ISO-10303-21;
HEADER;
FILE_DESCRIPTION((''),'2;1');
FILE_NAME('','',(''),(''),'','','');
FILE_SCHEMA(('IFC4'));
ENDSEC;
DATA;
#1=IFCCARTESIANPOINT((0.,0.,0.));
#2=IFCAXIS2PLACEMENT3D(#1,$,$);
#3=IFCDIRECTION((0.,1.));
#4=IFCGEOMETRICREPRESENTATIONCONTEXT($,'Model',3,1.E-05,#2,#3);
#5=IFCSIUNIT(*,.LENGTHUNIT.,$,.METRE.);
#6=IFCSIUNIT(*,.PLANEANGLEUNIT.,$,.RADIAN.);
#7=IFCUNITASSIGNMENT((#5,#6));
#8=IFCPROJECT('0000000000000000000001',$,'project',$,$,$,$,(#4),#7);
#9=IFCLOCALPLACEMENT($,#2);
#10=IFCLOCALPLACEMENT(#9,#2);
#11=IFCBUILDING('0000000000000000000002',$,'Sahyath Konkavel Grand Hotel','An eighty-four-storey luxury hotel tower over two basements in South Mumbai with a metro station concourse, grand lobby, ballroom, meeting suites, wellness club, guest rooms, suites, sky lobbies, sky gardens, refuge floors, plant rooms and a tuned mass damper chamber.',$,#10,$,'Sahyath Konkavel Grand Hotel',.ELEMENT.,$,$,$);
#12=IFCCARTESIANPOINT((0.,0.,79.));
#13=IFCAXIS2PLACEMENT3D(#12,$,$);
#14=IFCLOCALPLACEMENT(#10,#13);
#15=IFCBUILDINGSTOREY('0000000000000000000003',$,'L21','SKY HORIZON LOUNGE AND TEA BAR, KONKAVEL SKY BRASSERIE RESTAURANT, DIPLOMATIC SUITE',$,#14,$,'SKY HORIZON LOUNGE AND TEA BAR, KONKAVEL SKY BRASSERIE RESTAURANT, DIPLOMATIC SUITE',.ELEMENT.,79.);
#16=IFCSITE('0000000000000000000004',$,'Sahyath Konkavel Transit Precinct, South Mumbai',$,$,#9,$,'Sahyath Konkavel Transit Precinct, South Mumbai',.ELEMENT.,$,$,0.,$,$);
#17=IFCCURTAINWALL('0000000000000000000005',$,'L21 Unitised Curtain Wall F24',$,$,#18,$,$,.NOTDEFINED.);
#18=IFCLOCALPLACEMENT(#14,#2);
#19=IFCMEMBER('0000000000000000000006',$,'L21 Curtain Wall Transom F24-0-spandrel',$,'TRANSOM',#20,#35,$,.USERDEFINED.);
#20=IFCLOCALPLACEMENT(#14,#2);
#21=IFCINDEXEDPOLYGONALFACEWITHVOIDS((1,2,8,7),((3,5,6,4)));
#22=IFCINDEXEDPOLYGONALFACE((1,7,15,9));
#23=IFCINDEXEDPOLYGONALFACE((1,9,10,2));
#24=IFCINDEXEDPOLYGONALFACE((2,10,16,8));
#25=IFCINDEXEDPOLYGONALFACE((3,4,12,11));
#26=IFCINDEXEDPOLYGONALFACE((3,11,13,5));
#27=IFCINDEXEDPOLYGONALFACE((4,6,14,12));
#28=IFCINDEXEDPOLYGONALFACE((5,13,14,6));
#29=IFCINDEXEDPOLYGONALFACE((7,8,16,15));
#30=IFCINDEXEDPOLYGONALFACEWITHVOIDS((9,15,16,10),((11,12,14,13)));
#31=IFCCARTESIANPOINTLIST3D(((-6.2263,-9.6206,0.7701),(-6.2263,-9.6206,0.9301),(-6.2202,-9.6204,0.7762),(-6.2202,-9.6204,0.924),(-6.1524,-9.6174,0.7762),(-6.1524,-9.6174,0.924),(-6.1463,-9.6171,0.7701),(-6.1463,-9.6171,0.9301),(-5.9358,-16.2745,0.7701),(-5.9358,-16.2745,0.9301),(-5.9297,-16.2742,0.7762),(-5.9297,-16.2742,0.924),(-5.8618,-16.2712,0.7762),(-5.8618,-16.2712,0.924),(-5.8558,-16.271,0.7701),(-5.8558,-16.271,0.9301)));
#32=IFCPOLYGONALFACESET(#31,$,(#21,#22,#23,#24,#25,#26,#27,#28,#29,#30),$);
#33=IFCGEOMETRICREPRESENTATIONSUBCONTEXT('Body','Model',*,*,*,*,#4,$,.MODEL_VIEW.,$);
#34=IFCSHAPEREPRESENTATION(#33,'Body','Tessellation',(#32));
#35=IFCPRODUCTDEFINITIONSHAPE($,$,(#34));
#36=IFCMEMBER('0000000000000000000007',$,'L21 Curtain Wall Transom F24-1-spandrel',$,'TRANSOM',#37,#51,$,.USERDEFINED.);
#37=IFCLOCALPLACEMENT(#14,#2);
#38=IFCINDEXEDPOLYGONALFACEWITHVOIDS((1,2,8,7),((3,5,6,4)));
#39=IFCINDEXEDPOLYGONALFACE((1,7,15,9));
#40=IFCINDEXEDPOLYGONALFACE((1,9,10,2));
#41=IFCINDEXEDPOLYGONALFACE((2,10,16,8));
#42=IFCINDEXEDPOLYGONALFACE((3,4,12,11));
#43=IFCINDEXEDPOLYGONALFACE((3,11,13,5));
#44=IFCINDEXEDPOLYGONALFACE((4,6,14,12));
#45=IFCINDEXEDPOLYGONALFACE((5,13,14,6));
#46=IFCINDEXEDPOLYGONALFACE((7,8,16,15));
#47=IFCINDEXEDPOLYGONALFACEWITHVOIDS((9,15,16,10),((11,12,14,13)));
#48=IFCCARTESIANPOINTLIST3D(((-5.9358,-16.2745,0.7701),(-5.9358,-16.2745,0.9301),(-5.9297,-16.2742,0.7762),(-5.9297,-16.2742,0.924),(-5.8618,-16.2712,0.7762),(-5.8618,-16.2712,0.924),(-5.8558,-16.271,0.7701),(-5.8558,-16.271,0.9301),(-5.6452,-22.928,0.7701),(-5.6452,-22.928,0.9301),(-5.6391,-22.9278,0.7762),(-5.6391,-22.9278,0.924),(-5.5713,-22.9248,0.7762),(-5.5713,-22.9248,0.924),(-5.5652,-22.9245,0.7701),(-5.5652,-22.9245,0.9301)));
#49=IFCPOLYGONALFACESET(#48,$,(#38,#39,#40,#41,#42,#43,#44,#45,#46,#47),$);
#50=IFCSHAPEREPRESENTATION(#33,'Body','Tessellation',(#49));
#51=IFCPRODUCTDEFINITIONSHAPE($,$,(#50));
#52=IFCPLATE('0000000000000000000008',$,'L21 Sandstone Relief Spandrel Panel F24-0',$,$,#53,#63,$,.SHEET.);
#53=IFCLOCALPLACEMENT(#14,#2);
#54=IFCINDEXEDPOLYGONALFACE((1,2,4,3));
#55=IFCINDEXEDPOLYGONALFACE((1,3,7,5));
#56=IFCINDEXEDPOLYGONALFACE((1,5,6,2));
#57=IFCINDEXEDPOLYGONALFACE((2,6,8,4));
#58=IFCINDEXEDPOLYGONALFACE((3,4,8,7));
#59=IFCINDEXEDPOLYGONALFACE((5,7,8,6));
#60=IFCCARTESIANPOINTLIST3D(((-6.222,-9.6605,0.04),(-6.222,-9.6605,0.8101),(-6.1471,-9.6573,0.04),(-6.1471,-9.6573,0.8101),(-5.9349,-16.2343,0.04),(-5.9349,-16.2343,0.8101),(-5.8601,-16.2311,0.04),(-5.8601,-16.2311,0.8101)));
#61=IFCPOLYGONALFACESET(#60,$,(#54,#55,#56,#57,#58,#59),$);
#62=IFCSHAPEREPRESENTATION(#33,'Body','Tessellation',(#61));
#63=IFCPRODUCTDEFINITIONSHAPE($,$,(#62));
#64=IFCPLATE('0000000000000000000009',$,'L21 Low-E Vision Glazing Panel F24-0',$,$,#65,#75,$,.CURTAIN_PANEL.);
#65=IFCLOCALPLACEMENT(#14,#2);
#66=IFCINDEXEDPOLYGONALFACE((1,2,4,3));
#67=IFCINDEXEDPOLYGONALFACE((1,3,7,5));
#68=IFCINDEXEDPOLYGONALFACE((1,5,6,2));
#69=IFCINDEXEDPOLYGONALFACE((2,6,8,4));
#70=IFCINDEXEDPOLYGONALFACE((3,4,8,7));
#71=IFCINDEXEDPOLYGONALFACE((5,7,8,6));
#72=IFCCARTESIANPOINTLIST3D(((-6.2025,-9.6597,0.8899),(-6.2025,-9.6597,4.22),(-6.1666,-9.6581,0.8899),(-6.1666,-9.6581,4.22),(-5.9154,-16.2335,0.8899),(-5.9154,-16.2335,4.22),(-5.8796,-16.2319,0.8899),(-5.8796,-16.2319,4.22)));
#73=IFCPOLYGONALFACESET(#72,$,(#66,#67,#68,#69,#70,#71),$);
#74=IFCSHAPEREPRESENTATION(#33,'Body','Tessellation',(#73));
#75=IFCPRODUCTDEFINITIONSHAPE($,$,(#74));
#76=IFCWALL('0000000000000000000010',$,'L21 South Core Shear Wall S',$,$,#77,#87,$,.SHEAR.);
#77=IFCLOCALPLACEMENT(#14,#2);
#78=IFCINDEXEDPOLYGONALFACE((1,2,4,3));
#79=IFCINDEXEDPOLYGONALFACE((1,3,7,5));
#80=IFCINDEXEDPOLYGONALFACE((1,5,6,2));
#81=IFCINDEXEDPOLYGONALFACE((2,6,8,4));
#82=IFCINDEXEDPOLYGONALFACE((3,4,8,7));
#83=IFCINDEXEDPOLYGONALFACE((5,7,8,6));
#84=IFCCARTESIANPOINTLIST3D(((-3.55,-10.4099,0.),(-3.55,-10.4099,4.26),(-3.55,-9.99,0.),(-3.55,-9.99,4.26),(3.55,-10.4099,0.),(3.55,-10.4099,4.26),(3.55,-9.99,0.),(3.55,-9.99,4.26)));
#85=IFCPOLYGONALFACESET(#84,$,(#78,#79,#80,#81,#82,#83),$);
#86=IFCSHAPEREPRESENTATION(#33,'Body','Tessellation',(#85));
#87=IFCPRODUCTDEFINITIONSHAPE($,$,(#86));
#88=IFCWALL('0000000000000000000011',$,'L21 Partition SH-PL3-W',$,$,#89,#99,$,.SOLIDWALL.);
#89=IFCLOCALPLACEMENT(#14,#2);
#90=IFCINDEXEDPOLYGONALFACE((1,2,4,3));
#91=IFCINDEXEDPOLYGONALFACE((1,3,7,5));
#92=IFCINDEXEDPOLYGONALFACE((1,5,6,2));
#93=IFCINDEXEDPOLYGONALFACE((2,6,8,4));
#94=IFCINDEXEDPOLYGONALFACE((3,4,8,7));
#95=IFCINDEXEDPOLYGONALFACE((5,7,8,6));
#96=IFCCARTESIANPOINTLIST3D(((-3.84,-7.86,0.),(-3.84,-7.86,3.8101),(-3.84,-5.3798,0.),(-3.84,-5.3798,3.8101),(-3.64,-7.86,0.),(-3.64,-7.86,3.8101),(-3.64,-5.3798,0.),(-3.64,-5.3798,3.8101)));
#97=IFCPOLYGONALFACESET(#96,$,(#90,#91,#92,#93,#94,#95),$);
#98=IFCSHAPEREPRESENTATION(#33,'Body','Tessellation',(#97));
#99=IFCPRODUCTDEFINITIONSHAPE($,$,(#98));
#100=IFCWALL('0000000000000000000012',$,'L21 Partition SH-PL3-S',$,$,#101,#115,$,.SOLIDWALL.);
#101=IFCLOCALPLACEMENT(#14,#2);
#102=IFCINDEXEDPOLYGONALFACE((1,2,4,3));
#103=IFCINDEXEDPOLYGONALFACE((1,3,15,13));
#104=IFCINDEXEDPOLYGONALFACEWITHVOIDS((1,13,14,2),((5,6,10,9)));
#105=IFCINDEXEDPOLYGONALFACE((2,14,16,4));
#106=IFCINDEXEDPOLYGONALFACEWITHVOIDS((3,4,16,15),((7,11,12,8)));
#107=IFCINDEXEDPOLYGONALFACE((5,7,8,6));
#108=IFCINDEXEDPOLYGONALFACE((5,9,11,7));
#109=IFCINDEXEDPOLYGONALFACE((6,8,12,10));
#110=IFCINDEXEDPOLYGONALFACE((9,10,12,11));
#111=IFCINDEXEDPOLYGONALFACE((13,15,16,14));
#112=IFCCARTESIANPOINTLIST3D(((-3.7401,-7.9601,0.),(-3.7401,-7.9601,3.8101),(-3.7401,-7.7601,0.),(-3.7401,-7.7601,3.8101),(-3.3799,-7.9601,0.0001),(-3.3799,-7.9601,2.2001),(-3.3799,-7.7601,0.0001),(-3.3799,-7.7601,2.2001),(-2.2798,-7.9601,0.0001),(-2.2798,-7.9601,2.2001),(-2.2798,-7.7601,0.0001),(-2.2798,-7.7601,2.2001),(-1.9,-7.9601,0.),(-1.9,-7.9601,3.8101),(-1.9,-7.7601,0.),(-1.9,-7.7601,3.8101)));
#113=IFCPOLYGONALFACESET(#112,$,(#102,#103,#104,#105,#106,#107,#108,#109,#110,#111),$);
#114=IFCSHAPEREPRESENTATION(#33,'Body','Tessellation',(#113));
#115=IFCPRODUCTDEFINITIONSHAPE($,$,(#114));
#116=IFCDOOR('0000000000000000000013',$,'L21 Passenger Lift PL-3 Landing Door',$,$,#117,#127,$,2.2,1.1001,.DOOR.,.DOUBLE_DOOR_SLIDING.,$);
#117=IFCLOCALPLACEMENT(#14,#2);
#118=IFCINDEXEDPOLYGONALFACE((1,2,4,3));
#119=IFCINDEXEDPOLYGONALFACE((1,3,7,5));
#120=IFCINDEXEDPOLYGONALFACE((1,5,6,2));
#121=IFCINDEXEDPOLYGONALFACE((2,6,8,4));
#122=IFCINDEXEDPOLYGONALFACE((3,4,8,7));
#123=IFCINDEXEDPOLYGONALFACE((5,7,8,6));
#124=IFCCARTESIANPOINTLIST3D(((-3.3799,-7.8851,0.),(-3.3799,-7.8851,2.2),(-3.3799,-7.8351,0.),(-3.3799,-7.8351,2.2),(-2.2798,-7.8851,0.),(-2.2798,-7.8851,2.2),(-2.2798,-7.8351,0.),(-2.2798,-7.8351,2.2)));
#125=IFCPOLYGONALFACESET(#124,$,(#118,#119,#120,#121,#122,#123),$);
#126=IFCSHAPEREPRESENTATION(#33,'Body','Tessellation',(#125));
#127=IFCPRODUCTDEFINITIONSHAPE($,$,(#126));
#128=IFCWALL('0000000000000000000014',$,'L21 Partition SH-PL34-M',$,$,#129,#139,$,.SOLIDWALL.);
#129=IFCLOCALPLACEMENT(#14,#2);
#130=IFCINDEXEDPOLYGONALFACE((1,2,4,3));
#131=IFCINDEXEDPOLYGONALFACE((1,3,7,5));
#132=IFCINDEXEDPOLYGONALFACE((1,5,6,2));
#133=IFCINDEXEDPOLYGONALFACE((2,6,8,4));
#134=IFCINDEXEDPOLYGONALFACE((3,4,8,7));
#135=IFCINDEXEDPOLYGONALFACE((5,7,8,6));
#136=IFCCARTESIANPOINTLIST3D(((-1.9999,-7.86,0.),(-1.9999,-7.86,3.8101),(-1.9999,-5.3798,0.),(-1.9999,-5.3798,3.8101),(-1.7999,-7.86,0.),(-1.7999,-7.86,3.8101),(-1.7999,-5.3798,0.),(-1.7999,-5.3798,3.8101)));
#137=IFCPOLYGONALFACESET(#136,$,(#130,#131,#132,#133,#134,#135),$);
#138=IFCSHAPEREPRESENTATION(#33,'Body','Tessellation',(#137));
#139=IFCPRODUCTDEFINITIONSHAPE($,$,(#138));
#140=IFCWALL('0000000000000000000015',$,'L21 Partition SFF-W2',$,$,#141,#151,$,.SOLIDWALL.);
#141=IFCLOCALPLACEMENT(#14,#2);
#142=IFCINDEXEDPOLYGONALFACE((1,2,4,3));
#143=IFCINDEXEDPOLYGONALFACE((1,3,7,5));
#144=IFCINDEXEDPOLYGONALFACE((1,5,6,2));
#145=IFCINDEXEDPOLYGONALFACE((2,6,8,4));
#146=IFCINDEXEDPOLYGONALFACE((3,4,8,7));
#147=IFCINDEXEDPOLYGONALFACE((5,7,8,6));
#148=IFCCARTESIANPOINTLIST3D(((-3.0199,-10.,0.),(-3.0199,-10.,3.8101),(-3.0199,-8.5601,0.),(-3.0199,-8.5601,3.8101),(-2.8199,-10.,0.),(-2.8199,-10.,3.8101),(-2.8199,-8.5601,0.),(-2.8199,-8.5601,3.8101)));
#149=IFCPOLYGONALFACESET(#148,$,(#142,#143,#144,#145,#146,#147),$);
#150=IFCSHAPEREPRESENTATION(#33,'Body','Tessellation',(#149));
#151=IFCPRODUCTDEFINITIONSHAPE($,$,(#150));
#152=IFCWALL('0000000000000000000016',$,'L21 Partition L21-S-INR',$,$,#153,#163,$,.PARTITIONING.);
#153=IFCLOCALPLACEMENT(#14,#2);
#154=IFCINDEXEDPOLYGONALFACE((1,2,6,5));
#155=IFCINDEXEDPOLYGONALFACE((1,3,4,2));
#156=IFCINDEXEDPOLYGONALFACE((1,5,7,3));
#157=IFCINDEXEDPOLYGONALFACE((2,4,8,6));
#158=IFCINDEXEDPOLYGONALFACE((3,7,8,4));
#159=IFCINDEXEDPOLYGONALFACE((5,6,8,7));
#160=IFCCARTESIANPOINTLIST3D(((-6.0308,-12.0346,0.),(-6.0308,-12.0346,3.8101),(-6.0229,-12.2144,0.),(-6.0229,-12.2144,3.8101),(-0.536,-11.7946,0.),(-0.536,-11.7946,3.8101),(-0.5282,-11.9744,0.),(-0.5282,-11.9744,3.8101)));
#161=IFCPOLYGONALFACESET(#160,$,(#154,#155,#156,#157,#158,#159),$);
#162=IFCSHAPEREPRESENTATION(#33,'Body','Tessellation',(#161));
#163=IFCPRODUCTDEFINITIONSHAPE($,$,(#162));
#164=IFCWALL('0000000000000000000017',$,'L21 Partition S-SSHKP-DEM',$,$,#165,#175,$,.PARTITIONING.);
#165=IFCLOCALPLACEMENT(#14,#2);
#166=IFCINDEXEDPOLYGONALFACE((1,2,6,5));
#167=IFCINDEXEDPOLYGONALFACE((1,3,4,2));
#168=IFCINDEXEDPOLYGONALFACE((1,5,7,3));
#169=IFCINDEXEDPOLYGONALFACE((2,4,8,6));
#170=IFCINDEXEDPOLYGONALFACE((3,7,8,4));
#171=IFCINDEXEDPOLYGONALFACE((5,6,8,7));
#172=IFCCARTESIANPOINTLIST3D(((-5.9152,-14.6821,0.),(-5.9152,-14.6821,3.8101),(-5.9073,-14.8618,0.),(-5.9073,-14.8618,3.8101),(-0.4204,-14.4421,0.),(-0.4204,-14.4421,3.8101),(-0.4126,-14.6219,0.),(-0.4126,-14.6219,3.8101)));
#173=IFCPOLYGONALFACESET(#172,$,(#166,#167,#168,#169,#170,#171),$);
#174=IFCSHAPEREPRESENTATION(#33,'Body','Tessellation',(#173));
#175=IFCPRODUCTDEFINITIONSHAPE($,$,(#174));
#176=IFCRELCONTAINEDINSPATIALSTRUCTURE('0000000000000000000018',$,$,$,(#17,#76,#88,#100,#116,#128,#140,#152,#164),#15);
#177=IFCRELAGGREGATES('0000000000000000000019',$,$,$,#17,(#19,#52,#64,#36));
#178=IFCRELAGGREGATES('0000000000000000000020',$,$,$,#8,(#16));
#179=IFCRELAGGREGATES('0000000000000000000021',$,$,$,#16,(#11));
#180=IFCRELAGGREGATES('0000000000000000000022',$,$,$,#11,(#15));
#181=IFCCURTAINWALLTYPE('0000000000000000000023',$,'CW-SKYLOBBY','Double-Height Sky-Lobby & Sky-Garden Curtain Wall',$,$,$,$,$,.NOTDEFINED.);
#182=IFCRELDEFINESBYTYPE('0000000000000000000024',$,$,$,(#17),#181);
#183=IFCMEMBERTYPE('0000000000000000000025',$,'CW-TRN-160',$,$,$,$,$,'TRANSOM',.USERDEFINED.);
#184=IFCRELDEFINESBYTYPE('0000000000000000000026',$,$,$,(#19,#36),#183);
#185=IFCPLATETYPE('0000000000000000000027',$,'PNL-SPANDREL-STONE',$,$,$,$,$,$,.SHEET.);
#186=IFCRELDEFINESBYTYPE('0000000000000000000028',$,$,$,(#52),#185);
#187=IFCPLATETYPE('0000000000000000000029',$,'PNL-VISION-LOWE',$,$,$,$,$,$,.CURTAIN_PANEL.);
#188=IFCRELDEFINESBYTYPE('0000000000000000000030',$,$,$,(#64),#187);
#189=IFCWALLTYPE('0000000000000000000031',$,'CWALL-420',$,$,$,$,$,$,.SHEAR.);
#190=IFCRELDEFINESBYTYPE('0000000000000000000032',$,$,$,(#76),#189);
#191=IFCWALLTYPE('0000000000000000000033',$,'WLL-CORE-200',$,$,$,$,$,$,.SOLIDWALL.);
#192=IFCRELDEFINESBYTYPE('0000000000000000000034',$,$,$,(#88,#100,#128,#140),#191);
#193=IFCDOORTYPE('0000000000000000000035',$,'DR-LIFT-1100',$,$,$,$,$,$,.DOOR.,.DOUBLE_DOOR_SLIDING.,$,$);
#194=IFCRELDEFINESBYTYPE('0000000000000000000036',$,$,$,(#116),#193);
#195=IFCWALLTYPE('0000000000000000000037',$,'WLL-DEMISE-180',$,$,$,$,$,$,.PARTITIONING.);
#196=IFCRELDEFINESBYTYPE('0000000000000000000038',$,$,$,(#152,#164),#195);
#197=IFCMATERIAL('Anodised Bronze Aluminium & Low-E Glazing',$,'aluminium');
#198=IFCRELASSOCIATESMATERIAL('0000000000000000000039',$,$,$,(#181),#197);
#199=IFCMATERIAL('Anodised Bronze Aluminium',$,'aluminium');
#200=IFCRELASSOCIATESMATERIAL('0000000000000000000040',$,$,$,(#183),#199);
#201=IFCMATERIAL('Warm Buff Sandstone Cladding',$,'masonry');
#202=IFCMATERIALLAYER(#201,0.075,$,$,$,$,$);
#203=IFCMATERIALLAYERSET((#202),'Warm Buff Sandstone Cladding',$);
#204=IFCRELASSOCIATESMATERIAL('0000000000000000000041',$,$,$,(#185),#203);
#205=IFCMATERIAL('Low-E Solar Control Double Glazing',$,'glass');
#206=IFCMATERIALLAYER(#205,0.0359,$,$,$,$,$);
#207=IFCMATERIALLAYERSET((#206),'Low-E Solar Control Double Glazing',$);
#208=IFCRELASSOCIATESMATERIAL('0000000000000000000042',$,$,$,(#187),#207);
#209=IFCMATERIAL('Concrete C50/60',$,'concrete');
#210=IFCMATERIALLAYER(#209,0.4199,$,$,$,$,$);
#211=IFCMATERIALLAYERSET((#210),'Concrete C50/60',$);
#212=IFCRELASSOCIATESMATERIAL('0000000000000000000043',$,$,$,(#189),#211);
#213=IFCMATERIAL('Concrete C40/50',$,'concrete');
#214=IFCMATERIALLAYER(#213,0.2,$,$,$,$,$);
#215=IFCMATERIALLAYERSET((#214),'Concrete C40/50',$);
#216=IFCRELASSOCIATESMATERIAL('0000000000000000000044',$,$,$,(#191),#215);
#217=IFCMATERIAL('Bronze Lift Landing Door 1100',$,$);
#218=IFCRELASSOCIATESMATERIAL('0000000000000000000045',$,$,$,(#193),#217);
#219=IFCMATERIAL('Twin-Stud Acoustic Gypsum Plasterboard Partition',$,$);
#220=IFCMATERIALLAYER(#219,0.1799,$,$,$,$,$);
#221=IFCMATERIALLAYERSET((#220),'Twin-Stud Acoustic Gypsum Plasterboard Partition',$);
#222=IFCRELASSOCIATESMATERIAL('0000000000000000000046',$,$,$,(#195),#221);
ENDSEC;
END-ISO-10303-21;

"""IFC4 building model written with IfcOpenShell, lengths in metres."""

from ifc_helpers import new_model, si_unit, direction, frame, frame_2d, origin, origin_2d, place, context, subcontext, project, spatial, rectangle, hollow_rectangle, extrude, source, transform, mapped, material, layer, layer_set, material_profile, profile_set, type_object, element, fill, aggregate, save


model = new_model("IFC4")

# Units and contexts
model_context = context("Model", 3, precision=1e-05, world=origin(), true_north=direction((0.0, 1.0)))
body_context = subcontext(model_context, "Body", "Model", "MODEL_VIEW")
ifc_project = project(units=[si_unit("LENGTHUNIT", "METRE"), si_unit("PLANEANGLEUNIT", "RADIAN")], contexts=[model_context])

# Site, building, storey
site_placement = place(None, origin())
site = spatial("IfcSite", under=ifc_project, at=site_placement, Name="Sahyath Konkavel Transit Precinct, South Mumbai", LongName="Sahyath Konkavel Transit Precinct, South Mumbai", CompositionType="ELEMENT", RefElevation=0.0)
building_placement = place(site_placement, origin())
building = spatial("IfcBuilding", under=site, at=building_placement, Name="Sahyath Konkavel Grand Hotel", Description="An eighty-four-storey luxury hotel tower over two basements in South Mumbai with a metro station concourse, grand lobby, ballroom, meeting suites, wellness club, guest rooms, suites, sky lobbies, sky gardens, refuge floors, plant rooms and a tuned mass damper chamber.", LongName="Sahyath Konkavel Grand Hotel", CompositionType="ELEMENT")
storey_placement = place(building_placement, frame((0.0, 0.0, 79.0)))
storey = spatial("IfcBuildingStorey", under=building, at=storey_placement, Name="L21", Description="SKY HORIZON LOUNGE AND TEA BAR, KONKAVEL SKY BRASSERIE RESTAURANT, DIPLOMATIC SUITE", LongName="SKY HORIZON LOUNGE AND TEA BAR, KONKAVEL SKY BRASSERIE RESTAURANT, DIPLOMATIC SUITE", CompositionType="ELEMENT", Elevation=79.0)

# Curtain wall, members, plates
ifc_material_1 = material(Name="Anodised Bronze Aluminium & Low-E Glazing", Category="aluminium")
curtain_wall_type = type_object("IfcCurtainWallType", Name="CW-SKYLOBBY", Description="Double-Height Sky-Lobby & Sky-Garden Curtain Wall", PredefinedType="NOTDEFINED", material=ifc_material_1)
curtain_wall_placement = place(storey_placement, origin())
curtain_wall = element("IfcCurtainWall", 1, at=curtain_wall_placement, inside=storey, type_object=curtain_wall_type, Name="L21 Unitised Curtain Wall F24", PredefinedType="NOTDEFINED")
ifc_material_2 = material(Name="Anodised Bronze Aluminium", Category="aluminium")
ifc_material_profile_1 = material_profile(ifc_material_2, hollow_rectangle(XDim=0.0801, YDim=0.1599, WallThickness=0.0061, at=origin_2d()), Name="RHS 160x80x6")
ifc_profile_set_1 = profile_set([ifc_material_profile_1], Name="Anodised Bronze Aluminium")
member_type_1 = type_object("IfcMemberType", Name="CW-TRN-160", ElementType="TRANSOM", PredefinedType="USERDEFINED", material=ifc_profile_set_1)
shared_shape_1 = source(origin(), body_context, "Body", "SweptSolid", [
    extrude(hollow_rectangle(XDim=0.0801, YDim=0.1599, WallThickness=0.0061, at=origin_2d()), origin(), (0.0, 0.0, 1.0), 6.6602),
])
member_1_placement = place(storey_placement, frame((-6.1863, -9.6189, 0.8501), z_axis=(0.043622, -0.999048, 0.0), x_axis=(0.999048, 0.043622, 0.0)))
member_1 = element("IfcMember", 2, at=member_1_placement, type_object=member_type_1, Name="L21 Curtain Wall Transom F24-0-spandrel", ObjectType="TRANSOM", PredefinedType="USERDEFINED", context=body_context, shape_type="MappedRepresentation", body=[
    mapped(shared_shape_1, transform((0.0, 0.0, 0.0), scale=1.0)),
])
shared_shape_2 = source(origin(), body_context, "Body", "SweptSolid", [
    extrude(hollow_rectangle(XDim=0.0801, YDim=0.1599, WallThickness=0.0061, at=origin_2d()), origin(), (0.0, 0.0, 1.0), 6.6599),
])
member_2_placement = place(storey_placement, frame((-5.8958, -16.2727, 0.8501), z_axis=(0.043623, -0.999048, 0.0), x_axis=(0.999048, 0.043623, 0.0)))
member_2 = element("IfcMember", 3, at=member_2_placement, type_object=member_type_1, Name="L21 Curtain Wall Transom F24-1-spandrel", ObjectType="TRANSOM", PredefinedType="USERDEFINED", context=body_context, shape_type="MappedRepresentation", body=[
    mapped(shared_shape_2, transform((0.0, 0.0, 0.0), scale=1.0)),
])
ifc_material_3 = material(Name="Warm Buff Sandstone Cladding", Category="masonry")
ifc_layer_1 = layer(ifc_material_3, 0.075)
ifc_layer_set_1 = layer_set([ifc_layer_1], Name="Warm Buff Sandstone Cladding")
plate_type_1 = type_object("IfcPlateType", Name="PNL-SPANDREL-STONE", PredefinedType="SHEET", material=ifc_layer_set_1)
shared_shape_3 = source(origin(), body_context, "Body", "SweptSolid", [
    extrude(rectangle(XDim=6.5801, YDim=0.075, at=origin_2d()), origin(), (0.0, 0.0, 1.0), 0.77),
])
plate_1_placement = place(storey_placement, frame((-6.041, -12.9458, 0.04), z_axis=(0.0, 0.0, 1.0), x_axis=(0.043619, -0.999048, 0.0)))
plate_1 = element("IfcPlate", 4, at=plate_1_placement, type_object=plate_type_1, Name="L21 Sandstone Relief Spandrel Panel F24-0", PredefinedType="SHEET", context=body_context, shape_type="MappedRepresentation", body=[
    mapped(shared_shape_3, transform((0.0, 0.0, 0.0), scale=1.0)),
])
ifc_material_4 = material(Name="Low-E Solar Control Double Glazing", Category="glass")
ifc_layer_2 = layer(ifc_material_4, 0.0359)
ifc_layer_set_2 = layer_set([ifc_layer_2], Name="Low-E Solar Control Double Glazing")
plate_type_2 = type_object("IfcPlateType", Name="PNL-VISION-LOWE", PredefinedType="CURTAIN_PANEL", material=ifc_layer_set_2)
shared_shape_4 = source(origin(), body_context, "Body", "SweptSolid", [
    extrude(rectangle(XDim=6.5801, YDim=0.0359, at=origin_2d()), origin(), (0.0, 0.0, 1.0), 3.3301),
])
plate_2_placement = place(storey_placement, frame((-6.041, -12.9458, 0.8899), z_axis=(0.0, 0.0, 1.0), x_axis=(0.043619, -0.999048, 0.0)))
plate_2 = element("IfcPlate", 5, at=plate_2_placement, type_object=plate_type_2, Name="L21 Low-E Vision Glazing Panel F24-0", PredefinedType="CURTAIN_PANEL", context=body_context, shape_type="MappedRepresentation", body=[
    mapped(shared_shape_4, transform((0.0, 0.0, 0.0), scale=1.0)),
])
aggregate(curtain_wall, [member_1, plate_1, plate_2, member_2])

# Walls
ifc_material_5 = material(Name="Concrete C50/60", Category="concrete")
ifc_layer_3 = layer(ifc_material_5, 0.4199)
ifc_layer_set_3 = layer_set([ifc_layer_3], Name="Concrete C50/60")
wall_type_1 = type_object("IfcWallType", Name="CWALL-420", PredefinedType="SHEAR", material=ifc_layer_set_3)
wall_1_placement = place(storey_placement, frame((-3.55, -10.2, 0.0), z_axis=(0.0, 0.0, 1.0), x_axis=(1.0, 0.0, 0.0)))
element("IfcWall", 6, at=wall_1_placement, inside=storey, type_object=wall_type_1, Name="L21 South Core Shear Wall S", PredefinedType="SHEAR", context=body_context, shape_type="SweptSolid", body=[
    extrude(rectangle(XDim=7.1001, YDim=0.4199, at=frame_2d((3.55, 0.0))), origin(), (0.0, 0.0, 1.0), 4.26),
])
ifc_material_6 = material(Name="Concrete C40/50", Category="concrete")
ifc_layer_4 = layer(ifc_material_6, 0.2)
ifc_layer_set_4 = layer_set([ifc_layer_4], Name="Concrete C40/50")
wall_type_2 = type_object("IfcWallType", Name="WLL-CORE-200", PredefinedType="SOLIDWALL", material=ifc_layer_set_4)
wall_2_placement = place(storey_placement, frame((-3.74, -7.8601, 0.0), z_axis=(0.0, 0.0, 1.0), x_axis=(0.0, 1.0, 0.0)))
element("IfcWall", 7, at=wall_2_placement, inside=storey, type_object=wall_type_2, Name="L21 Partition SH-PL3-W", PredefinedType="SOLIDWALL", context=body_context, shape_type="SweptSolid", body=[
    extrude(rectangle(XDim=2.4802, YDim=0.2, at=frame_2d((1.2402, 0.0))), origin(), (0.0, 0.0, 1.0), 3.8101),
])

# Wall, opening, door
wall_3_placement = place(storey_placement, frame((-3.74, -7.8601, 0.0), z_axis=(0.0, 0.0, 1.0), x_axis=(1.0, 0.0, 0.0)))
wall_3 = element("IfcWall", 8, at=wall_3_placement, inside=storey, type_object=wall_type_2, Name="L21 Partition SH-PL3-S", PredefinedType="SOLIDWALL", context=body_context, shape_type="SweptSolid", body=[
    extrude(rectangle(XDim=1.8401, YDim=0.2, at=frame_2d((0.9199, 0.0))), origin(), (0.0, 0.0, 1.0), 3.8101),
])
opening_1_placement = place(wall_3_placement, frame((0.3601, 0.0, 0.0)))
opening_1 = element("IfcOpeningElement", 9, at=opening_1_placement, cuts=wall_3, PredefinedType="OPENING", context=body_context, shape_type="SweptSolid", body=[
    extrude(rectangle(XDim=1.1001, YDim=2.2, at=frame_2d((0.55, 1.1001))), frame((0.0, 0.1099, 0.0), z_axis=(0.0, -1.0, 0.0), x_axis=(1.0, 0.0, 0.0)), (0.0, 0.0, 1.0), 0.22),
])
ifc_material_7 = material(Name="Bronze Lift Landing Door 1100")
door_type_1 = type_object("IfcDoorType", Name="DR-LIFT-1100", OperationType="DOUBLE_DOOR_SLIDING", PredefinedType="DOOR", material=ifc_material_7)
shared_shape_5 = source(origin(), body_context, "Body", "SweptSolid", [
    extrude(rectangle(XDim=1.1001, YDim=0.05, at=origin_2d()), origin(), (0.0, 0.0, 1.0), 2.2),
])
door_1_placement = place(opening_1_placement, frame((0.55, 0.0, 0.0)))
door_1 = element("IfcDoor", 10, at=door_1_placement, inside=storey, type_object=door_type_1, Name="L21 Passenger Lift PL-3 Landing Door", OperationType="DOUBLE_DOOR_SLIDING", OverallHeight=2.2, OverallWidth=1.1001, PredefinedType="DOOR", context=body_context, shape_type="MappedRepresentation", body=[
    mapped(shared_shape_5, transform((0.0, 0.0, 0.0), scale=1.0)),
])
fill(opening_1, door_1)

# Wall
wall_4_placement = place(storey_placement, frame((-1.8999, -7.8601, 0.0), z_axis=(0.0, 0.0, 1.0), x_axis=(0.0, 1.0, 0.0)))
element("IfcWall", 11, at=wall_4_placement, inside=storey, type_object=wall_type_2, Name="L21 Partition SH-PL34-M", PredefinedType="SOLIDWALL", context=body_context, shape_type="SweptSolid", body=[
    extrude(rectangle(XDim=2.4802, YDim=0.2, at=frame_2d((1.2402, 0.0))), origin(), (0.0, 0.0, 1.0), 3.8101),
])

# Walls
wall_5_placement = place(storey_placement, frame((-2.9199, -10.0, 0.0), z_axis=(0.0, 0.0, 1.0), x_axis=(0.0, 1.0, 0.0)))
element("IfcWall", 12, at=wall_5_placement, inside=storey, type_object=wall_type_2, Name="L21 Partition SFF-W2", PredefinedType="SOLIDWALL", context=body_context, shape_type="SweptSolid", body=[
    extrude(rectangle(XDim=1.4399, YDim=0.2, at=frame_2d((0.72, 0.0))), origin(), (0.0, 0.0, 1.0), 3.8101),
])
ifc_material_8 = material(Name="Twin-Stud Acoustic Gypsum Plasterboard Partition")
ifc_layer_5 = layer(ifc_material_8, 0.1799)
ifc_layer_set_5 = layer_set([ifc_layer_5], Name="Twin-Stud Acoustic Gypsum Plasterboard Partition")
wall_type_3 = type_object("IfcWallType", Name="WLL-DEMISE-180", PredefinedType="PARTITIONING", material=ifc_layer_set_5)
for number, where, z_axis, x_axis, name in (
    (13, (-6.0269, -12.1245, 0.0), (0.0, 0.0, 1.0), (0.999048, 0.043634, 0.0), "L21 Partition L21-S-INR"),
    (14, (-0.4165, -14.532, 0.0), (0.0, 0.0, 1.0), (-0.999048, -0.043634, 0.0), "L21 Partition S-SSHKP-DEM"),
):
    element("IfcWall", number, at=place(storey_placement, frame(where, z_axis=z_axis, x_axis=x_axis)), inside=storey, type_object=wall_type_3, Name=name, PredefinedType="PARTITIONING", context=body_context, shape_type="SweptSolid", body=[
        extrude(rectangle(XDim=5.5, YDim=0.1799, at=frame_2d((2.75, 0.0))), origin(), (0.0, 0.0, 1.0), 3.8101),
    ])

save(model, "model.ifc")
